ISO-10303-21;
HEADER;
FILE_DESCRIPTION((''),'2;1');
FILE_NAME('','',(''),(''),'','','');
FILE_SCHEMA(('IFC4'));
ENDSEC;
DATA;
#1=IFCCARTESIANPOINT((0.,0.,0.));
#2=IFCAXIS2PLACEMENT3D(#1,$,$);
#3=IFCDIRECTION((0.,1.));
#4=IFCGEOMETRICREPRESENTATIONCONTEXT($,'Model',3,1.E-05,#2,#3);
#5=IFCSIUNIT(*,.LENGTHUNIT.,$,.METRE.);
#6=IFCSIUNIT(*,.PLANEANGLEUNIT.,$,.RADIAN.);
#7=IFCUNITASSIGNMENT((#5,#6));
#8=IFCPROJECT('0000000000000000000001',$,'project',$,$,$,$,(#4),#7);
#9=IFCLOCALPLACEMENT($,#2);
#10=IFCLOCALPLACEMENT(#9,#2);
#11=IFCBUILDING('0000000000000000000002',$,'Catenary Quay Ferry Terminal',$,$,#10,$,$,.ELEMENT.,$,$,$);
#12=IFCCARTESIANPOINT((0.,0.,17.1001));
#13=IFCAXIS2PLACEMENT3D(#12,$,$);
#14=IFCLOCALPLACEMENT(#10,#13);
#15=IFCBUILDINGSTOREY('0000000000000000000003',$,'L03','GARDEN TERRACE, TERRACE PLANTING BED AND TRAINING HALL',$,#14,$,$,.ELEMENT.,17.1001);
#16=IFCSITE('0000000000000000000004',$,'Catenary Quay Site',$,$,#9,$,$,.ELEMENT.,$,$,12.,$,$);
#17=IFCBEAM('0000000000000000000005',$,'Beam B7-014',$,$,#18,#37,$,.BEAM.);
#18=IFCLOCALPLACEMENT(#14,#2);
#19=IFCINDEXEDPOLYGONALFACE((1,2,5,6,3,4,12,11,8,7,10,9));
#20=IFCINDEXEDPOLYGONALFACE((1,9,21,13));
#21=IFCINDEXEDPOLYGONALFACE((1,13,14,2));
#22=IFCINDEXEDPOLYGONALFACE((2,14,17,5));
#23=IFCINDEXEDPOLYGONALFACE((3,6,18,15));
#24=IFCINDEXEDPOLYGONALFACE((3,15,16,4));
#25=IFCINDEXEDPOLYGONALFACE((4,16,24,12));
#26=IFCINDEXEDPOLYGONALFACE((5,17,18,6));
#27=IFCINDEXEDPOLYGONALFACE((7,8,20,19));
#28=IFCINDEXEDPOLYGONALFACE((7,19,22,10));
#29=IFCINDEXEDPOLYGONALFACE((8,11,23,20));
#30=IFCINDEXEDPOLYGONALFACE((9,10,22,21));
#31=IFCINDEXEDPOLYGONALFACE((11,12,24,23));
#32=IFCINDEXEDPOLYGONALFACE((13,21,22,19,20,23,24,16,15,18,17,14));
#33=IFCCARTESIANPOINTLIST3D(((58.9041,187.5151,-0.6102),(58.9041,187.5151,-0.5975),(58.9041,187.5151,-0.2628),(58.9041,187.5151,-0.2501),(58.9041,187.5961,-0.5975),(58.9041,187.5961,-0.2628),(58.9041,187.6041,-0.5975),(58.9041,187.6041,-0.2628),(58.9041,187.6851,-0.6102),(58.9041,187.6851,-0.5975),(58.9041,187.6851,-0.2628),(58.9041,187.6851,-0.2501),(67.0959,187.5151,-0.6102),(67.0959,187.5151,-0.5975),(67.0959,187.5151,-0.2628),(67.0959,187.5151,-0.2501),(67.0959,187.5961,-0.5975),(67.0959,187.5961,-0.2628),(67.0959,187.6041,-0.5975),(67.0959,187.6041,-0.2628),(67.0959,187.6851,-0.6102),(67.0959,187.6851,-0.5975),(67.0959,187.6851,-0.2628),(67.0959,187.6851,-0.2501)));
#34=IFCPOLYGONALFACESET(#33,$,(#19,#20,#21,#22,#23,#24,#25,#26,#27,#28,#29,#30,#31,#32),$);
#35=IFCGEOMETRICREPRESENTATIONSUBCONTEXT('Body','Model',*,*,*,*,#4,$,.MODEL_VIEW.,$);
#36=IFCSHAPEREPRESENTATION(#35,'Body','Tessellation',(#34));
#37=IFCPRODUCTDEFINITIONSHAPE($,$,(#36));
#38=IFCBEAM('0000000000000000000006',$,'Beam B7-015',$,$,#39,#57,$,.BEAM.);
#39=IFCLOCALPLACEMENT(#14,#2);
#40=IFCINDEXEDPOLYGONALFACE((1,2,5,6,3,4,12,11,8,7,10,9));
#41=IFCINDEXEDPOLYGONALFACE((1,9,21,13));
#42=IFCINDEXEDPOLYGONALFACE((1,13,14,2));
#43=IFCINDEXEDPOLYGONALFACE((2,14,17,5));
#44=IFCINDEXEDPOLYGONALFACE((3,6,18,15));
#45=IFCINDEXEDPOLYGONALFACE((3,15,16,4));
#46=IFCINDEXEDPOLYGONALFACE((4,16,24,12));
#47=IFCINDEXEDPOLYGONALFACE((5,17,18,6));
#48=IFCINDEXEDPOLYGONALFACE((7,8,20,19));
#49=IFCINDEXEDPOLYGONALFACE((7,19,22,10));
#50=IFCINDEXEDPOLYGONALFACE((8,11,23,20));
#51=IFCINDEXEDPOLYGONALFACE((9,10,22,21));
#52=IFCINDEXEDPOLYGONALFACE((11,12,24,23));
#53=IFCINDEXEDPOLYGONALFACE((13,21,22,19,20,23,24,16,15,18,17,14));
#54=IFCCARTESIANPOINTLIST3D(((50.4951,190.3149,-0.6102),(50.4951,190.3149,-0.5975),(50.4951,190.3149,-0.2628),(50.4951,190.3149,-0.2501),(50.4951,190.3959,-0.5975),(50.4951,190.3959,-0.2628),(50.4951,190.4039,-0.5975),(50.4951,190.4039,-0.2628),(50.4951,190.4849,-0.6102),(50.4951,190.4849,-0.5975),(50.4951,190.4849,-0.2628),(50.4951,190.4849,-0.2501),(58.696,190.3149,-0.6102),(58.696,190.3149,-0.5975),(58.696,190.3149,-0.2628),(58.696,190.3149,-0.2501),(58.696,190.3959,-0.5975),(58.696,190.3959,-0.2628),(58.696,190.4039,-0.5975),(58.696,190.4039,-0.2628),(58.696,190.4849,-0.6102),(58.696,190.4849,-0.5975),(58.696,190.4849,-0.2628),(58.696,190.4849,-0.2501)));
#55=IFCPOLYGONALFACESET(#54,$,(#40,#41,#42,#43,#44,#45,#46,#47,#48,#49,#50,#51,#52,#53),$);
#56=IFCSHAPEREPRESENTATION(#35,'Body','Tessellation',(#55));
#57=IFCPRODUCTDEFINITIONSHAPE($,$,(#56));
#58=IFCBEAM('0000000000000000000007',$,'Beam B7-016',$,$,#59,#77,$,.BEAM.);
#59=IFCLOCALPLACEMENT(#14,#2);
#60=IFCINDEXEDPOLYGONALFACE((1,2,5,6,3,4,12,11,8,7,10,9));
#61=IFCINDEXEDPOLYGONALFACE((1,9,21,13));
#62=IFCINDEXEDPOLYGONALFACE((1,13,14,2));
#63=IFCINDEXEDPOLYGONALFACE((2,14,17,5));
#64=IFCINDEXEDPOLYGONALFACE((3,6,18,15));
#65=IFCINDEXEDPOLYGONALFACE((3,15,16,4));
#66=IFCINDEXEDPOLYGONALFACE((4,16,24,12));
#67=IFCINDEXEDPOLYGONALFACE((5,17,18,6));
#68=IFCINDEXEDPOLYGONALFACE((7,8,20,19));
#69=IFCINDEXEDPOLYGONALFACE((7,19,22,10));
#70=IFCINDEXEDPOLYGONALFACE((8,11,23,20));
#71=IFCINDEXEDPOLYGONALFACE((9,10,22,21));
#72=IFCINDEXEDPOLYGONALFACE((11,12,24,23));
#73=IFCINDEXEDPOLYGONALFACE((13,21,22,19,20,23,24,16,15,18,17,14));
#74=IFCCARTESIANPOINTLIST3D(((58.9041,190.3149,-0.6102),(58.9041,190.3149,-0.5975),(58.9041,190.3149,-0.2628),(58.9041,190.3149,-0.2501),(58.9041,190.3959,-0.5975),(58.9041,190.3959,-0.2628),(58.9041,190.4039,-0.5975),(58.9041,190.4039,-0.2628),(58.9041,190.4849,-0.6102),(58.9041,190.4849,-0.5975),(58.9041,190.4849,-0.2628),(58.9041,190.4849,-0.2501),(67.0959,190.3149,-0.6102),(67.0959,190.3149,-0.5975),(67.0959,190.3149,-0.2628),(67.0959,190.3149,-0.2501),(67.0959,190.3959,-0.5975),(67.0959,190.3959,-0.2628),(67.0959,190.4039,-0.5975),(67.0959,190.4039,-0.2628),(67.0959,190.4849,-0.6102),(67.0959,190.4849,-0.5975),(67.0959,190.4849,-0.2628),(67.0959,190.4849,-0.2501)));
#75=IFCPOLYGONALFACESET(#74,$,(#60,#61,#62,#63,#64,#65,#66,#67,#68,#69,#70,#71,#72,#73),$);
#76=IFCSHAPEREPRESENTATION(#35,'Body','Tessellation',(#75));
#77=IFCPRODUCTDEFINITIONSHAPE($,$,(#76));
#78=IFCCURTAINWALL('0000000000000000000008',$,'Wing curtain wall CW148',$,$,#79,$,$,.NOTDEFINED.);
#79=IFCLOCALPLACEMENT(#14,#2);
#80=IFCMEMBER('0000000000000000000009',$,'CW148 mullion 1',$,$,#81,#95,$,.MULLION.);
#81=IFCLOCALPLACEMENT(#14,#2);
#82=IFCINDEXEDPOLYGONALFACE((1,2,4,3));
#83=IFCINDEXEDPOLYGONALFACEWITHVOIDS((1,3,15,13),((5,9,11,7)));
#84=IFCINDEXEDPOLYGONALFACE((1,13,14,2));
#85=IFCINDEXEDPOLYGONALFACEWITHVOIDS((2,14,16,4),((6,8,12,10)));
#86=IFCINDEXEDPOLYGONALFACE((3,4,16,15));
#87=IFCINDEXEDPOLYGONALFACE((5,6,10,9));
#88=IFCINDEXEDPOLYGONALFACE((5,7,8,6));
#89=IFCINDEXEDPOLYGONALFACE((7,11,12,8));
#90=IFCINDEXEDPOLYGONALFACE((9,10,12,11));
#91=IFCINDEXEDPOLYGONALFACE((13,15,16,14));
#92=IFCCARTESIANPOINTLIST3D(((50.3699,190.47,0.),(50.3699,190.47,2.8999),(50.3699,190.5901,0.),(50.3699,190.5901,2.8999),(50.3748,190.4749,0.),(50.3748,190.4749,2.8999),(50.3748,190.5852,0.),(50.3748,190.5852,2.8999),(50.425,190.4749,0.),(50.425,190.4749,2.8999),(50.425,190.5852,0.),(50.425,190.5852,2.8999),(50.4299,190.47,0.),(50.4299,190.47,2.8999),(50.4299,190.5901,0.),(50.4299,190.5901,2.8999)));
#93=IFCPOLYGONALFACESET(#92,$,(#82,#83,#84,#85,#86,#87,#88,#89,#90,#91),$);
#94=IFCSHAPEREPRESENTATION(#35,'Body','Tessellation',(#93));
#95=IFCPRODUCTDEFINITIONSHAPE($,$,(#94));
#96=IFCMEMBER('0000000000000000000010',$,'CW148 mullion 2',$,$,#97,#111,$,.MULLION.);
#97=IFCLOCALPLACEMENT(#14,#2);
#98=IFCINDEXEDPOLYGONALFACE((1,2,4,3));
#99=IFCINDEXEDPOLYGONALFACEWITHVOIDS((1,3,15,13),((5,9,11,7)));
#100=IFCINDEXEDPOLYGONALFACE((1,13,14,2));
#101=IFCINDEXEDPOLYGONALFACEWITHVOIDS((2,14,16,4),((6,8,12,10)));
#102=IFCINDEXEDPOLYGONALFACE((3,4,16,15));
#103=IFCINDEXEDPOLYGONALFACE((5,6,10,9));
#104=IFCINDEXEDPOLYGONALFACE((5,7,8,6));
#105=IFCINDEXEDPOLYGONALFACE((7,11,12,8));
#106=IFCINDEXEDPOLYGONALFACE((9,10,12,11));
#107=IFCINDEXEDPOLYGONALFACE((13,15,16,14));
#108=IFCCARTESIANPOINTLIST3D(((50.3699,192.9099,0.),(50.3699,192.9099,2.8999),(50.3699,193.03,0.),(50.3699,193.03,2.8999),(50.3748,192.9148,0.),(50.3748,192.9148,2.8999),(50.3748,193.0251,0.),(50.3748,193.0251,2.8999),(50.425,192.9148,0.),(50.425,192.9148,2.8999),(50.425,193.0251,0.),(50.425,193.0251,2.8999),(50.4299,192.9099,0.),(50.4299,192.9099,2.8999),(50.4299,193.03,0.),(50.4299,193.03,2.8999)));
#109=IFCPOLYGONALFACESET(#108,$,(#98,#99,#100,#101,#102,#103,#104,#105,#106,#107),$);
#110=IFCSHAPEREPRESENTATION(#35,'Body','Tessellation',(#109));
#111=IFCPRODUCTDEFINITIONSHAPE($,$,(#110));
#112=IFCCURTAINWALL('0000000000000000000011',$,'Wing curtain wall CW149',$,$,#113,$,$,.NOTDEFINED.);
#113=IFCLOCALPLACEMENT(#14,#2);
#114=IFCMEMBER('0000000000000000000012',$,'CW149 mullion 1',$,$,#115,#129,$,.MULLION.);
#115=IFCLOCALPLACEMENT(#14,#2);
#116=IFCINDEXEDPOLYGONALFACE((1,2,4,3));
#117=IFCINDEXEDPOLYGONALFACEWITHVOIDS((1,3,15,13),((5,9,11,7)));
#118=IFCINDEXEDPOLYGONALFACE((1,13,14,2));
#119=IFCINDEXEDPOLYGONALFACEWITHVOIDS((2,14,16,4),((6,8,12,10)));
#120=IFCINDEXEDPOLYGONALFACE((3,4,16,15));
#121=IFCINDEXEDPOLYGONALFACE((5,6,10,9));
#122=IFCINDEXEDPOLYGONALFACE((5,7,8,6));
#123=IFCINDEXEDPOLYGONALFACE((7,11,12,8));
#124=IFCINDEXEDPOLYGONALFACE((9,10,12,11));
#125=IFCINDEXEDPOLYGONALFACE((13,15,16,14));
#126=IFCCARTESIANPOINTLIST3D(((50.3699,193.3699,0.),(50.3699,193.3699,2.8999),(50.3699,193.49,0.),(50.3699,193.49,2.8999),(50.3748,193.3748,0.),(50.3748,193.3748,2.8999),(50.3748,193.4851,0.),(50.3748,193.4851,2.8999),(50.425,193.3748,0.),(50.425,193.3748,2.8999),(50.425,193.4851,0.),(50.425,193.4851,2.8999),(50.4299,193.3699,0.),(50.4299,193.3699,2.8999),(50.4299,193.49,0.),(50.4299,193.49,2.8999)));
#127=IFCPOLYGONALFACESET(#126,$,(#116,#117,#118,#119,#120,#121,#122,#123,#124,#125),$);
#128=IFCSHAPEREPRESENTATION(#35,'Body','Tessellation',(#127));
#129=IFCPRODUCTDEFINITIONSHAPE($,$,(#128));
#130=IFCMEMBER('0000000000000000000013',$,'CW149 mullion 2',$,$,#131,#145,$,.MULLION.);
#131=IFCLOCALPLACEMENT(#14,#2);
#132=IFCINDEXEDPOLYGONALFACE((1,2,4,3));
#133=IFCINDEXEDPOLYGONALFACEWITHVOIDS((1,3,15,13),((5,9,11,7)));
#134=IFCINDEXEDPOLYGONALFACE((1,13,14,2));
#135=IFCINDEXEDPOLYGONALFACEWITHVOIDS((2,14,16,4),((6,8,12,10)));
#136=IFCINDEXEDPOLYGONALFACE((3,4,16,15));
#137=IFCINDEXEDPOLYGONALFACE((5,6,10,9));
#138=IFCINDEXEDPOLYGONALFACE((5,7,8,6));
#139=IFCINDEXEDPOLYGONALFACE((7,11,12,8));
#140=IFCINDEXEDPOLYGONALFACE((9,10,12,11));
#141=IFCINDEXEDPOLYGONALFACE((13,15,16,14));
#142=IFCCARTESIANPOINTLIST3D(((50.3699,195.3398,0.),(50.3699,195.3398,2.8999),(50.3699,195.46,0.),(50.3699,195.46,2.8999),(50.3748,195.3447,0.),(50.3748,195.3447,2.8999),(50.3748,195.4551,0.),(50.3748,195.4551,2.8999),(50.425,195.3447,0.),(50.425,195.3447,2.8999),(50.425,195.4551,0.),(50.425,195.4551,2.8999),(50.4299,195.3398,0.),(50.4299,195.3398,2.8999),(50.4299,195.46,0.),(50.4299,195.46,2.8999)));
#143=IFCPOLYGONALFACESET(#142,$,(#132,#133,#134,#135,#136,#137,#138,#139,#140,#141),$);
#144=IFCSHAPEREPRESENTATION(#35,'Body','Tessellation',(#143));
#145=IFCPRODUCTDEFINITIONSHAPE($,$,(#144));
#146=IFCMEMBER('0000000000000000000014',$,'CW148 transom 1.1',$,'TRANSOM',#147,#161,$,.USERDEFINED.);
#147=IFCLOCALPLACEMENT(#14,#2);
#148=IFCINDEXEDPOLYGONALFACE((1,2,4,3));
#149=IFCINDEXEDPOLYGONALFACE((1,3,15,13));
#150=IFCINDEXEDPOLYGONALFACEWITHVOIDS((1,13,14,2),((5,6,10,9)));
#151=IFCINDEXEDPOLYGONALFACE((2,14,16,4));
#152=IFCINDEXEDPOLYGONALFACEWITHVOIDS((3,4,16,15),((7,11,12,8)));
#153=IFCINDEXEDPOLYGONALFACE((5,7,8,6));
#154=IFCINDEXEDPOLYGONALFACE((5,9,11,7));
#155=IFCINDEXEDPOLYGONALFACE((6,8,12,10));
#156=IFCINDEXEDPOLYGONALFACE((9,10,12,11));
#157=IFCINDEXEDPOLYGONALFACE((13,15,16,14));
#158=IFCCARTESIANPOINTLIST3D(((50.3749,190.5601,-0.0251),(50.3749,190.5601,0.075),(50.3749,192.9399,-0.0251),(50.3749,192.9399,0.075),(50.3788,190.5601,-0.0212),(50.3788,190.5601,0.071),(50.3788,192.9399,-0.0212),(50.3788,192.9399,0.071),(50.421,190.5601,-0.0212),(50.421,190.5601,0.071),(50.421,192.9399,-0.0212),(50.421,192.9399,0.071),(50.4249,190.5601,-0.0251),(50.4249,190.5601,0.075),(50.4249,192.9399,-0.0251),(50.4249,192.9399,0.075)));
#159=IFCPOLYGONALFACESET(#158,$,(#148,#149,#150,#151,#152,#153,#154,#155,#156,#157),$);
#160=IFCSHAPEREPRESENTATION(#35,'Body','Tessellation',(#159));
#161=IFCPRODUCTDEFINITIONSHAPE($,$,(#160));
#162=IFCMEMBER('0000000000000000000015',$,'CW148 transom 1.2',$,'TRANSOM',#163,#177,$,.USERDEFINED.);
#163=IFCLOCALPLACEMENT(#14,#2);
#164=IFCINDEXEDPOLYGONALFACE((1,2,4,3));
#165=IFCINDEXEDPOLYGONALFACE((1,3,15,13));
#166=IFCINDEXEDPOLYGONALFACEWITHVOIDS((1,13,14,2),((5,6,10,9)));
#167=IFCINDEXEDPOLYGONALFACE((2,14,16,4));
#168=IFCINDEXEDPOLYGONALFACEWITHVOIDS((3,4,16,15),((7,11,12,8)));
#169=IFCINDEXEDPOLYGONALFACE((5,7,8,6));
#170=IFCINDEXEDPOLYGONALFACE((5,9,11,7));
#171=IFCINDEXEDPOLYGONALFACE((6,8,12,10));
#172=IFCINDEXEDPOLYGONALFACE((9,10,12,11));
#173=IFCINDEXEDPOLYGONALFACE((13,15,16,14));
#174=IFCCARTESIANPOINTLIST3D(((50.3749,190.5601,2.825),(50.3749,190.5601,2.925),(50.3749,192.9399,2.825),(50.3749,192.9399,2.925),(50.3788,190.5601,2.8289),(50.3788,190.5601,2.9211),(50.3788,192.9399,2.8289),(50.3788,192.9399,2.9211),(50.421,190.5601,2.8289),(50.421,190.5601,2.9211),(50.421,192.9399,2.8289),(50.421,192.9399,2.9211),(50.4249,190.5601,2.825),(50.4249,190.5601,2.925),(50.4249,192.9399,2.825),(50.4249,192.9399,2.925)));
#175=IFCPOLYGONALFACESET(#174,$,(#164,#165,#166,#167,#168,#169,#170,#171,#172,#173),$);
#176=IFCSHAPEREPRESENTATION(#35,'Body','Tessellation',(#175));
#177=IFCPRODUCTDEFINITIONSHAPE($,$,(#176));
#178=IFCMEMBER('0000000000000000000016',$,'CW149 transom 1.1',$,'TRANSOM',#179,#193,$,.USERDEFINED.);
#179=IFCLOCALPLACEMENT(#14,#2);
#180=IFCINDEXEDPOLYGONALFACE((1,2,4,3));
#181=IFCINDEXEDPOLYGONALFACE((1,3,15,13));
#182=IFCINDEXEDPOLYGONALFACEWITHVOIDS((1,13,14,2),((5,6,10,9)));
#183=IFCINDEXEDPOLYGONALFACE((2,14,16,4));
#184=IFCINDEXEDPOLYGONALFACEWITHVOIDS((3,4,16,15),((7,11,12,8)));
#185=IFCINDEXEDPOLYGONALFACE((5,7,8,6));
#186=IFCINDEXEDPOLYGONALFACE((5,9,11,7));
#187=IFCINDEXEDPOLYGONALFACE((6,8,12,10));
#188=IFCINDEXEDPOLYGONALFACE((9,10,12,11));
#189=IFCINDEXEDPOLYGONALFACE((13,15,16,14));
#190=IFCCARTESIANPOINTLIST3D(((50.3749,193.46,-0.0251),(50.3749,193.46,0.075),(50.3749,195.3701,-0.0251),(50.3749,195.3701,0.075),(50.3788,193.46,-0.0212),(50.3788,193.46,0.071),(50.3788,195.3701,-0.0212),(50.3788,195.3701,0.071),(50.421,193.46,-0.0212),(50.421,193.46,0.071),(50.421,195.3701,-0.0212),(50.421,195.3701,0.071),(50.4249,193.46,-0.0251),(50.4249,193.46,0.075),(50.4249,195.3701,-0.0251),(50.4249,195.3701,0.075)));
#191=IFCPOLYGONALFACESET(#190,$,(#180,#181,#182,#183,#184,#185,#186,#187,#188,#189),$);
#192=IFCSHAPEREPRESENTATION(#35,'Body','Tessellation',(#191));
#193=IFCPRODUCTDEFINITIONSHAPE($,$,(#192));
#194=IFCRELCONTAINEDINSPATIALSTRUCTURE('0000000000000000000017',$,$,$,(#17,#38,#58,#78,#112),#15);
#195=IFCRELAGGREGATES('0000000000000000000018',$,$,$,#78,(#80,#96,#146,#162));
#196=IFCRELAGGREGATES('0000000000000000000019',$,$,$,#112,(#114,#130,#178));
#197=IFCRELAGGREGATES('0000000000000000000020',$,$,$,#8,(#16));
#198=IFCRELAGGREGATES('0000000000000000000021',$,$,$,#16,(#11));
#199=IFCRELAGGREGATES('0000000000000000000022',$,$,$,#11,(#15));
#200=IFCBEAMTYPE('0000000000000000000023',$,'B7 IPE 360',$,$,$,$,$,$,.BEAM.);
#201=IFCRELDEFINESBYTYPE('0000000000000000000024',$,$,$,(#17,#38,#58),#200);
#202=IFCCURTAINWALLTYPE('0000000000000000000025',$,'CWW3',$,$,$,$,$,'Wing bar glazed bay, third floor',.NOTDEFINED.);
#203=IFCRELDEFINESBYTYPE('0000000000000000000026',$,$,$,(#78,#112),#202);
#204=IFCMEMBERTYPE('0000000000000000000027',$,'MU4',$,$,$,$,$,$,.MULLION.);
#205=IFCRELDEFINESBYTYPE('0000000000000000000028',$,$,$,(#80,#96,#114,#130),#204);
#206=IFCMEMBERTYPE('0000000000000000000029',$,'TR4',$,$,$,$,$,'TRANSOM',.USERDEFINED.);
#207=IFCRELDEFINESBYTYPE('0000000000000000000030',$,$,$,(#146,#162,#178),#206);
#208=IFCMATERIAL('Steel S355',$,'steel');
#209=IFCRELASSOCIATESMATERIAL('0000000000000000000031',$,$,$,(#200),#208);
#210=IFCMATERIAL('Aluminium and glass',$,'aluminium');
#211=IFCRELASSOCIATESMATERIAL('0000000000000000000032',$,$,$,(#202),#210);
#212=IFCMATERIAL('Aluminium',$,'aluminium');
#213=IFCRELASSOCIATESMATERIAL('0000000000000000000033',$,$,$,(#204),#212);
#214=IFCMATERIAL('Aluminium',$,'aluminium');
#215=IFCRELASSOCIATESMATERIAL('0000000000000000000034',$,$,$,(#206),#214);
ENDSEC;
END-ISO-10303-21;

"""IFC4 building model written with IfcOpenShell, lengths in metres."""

from ifc_helpers import new_model, si_unit, direction, frame, origin, origin_2d, place, context, subcontext, project, spatial, hollow_rectangle, i_section, extrude, material, material_profile, profile_set, type_object, element, aggregate, save


model = new_model("IFC4")

# Units and contexts
model_context = context("Model", 3, precision=1e-05, world=origin(), true_north=direction((0.0, 1.0)))
body_context = subcontext(model_context, "Body", "Model", "MODEL_VIEW")
ifc_project = project(units=[si_unit("LENGTHUNIT", "METRE"), si_unit("PLANEANGLEUNIT", "RADIAN")], contexts=[model_context])

# Site, building, storey
site_placement = place(None, origin())
site = spatial("IfcSite", under=ifc_project, at=site_placement, Name="Catenary Quay Site", CompositionType="ELEMENT", RefElevation=12.0)
building_placement = place(site_placement, origin())
building = spatial("IfcBuilding", under=site, at=building_placement, Name="Catenary Quay Ferry Terminal", CompositionType="ELEMENT")
storey_placement = place(building_placement, frame((0.0, 0.0, 17.1001)))
storey = spatial("IfcBuildingStorey", under=building, at=storey_placement, Name="L03", Description="GARDEN TERRACE, TERRACE PLANTING BED AND TRAINING HALL", CompositionType="ELEMENT", Elevation=17.1001)

# Beams
ifc_material_1 = material(Name="Steel S355", Category="steel")
ifc_material_profile_1 = material_profile(ifc_material_1, i_section(OverallWidth=0.1699, OverallDepth=0.3601, WebThickness=0.0081, FlangeThickness=0.0127, at=origin_2d()), Name="IPE 360")
ifc_profile_set_1 = profile_set([ifc_material_profile_1], Name="Steel S355")
beam_type_1 = type_object("IfcBeamType", Name="B7 IPE 360", PredefinedType="BEAM", material=ifc_profile_set_1)
beam_1_placement = place(storey_placement, frame((58.9041, 187.6001, -0.4302), z_axis=(1.0, 0.0, 0.0), x_axis=(0.0, 1.0, 0.0)))
element("IfcBeam", 1, at=beam_1_placement, inside=storey, type_object=beam_type_1, Name="Beam B7-014", PredefinedType="BEAM", context=body_context, shape_type="SweptSolid", body=[
    extrude(i_section(OverallWidth=0.1699, OverallDepth=0.3601, WebThickness=0.0081, FlangeThickness=0.0127, at=origin_2d()), origin(), (0.0, 0.0, 1.0), 8.1919),
])
beam_2_placement = place(storey_placement, frame((50.4951, 190.3999, -0.4302), z_axis=(1.0, 0.0, 0.0), x_axis=(0.0, 1.0, 0.0)))
element("IfcBeam", 2, at=beam_2_placement, inside=storey, type_object=beam_type_1, Name="Beam B7-015", PredefinedType="BEAM", context=body_context, shape_type="SweptSolid", body=[
    extrude(i_section(OverallWidth=0.1699, OverallDepth=0.3601, WebThickness=0.0081, FlangeThickness=0.0127, at=origin_2d()), origin(), (0.0, 0.0, 1.0), 8.2009),
])
beam_3_placement = place(storey_placement, frame((58.9041, 190.3999, -0.4302), z_axis=(1.0, 0.0, 0.0), x_axis=(0.0, 1.0, 0.0)))
element("IfcBeam", 3, at=beam_3_placement, inside=storey, type_object=beam_type_1, Name="Beam B7-016", PredefinedType="BEAM", context=body_context, shape_type="SweptSolid", body=[
    extrude(i_section(OverallWidth=0.1699, OverallDepth=0.3601, WebThickness=0.0081, FlangeThickness=0.0127, at=origin_2d()), origin(), (0.0, 0.0, 1.0), 8.1919),
])

# Curtain walls, members
ifc_material_2 = material(Name="Aluminium and glass", Category="aluminium")
curtain_wall_type = type_object("IfcCurtainWallType", Name="CWW3", ElementType="Wing bar glazed bay, third floor", PredefinedType="NOTDEFINED", material=ifc_material_2)
curtain_wall_1_placement = place(storey_placement, origin())
curtain_wall_1 = element("IfcCurtainWall", 4, at=curtain_wall_1_placement, inside=storey, type_object=curtain_wall_type, Name="Wing curtain wall CW148", PredefinedType="NOTDEFINED")
ifc_material_3 = material(Name="Aluminium", Category="aluminium")
ifc_material_profile_2 = material_profile(ifc_material_3, hollow_rectangle(XDim=0.0601, YDim=0.1201, WallThickness=0.0049, at=origin_2d()), Name="MU4")
ifc_profile_set_2 = profile_set([ifc_material_profile_2], Name="Aluminium")
member_type_1 = type_object("IfcMemberType", Name="MU4", PredefinedType="MULLION", material=ifc_profile_set_2)
member_1_placement = place(storey_placement, frame((50.3999, 190.53, 0.0), z_axis=(0.0, 0.0, 1.0), x_axis=(-1.0, 0.0, 0.0)))
member_1 = element("IfcMember", 5, at=member_1_placement, type_object=member_type_1, Name="CW148 mullion 1", PredefinedType="MULLION", context=body_context, shape_type="SweptSolid", body=[
    extrude(hollow_rectangle(XDim=0.0601, YDim=0.1201, WallThickness=0.0049, at=origin_2d()), origin(), (0.0, 0.0, 1.0), 2.8999),
])
member_2_placement = place(storey_placement, frame((50.3999, 192.97, 0.0), z_axis=(0.0, 0.0, 1.0), x_axis=(-1.0, 0.0, 0.0)))
member_2 = element("IfcMember", 6, at=member_2_placement, type_object=member_type_1, Name="CW148 mullion 2", PredefinedType="MULLION", context=body_context, shape_type="SweptSolid", body=[
    extrude(hollow_rectangle(XDim=0.0601, YDim=0.1201, WallThickness=0.0049, at=origin_2d()), origin(), (0.0, 0.0, 1.0), 2.8999),
])
curtain_wall_2_placement = place(storey_placement, origin())
curtain_wall_2 = element("IfcCurtainWall", 7, at=curtain_wall_2_placement, inside=storey, type_object=curtain_wall_type, Name="Wing curtain wall CW149", PredefinedType="NOTDEFINED")
member_3_placement = place(storey_placement, frame((50.3999, 193.4299, 0.0), z_axis=(0.0, 0.0, 1.0), x_axis=(-1.0, 0.0, 0.0)))
member_3 = element("IfcMember", 8, at=member_3_placement, type_object=member_type_1, Name="CW149 mullion 1", PredefinedType="MULLION", context=body_context, shape_type="SweptSolid", body=[
    extrude(hollow_rectangle(XDim=0.0601, YDim=0.1201, WallThickness=0.0049, at=origin_2d()), origin(), (0.0, 0.0, 1.0), 2.8999),
])
member_4_placement = place(storey_placement, frame((50.3999, 195.3999, 0.0), z_axis=(0.0, 0.0, 1.0), x_axis=(-1.0, 0.0, 0.0)))
member_4 = element("IfcMember", 9, at=member_4_placement, type_object=member_type_1, Name="CW149 mullion 2", PredefinedType="MULLION", context=body_context, shape_type="SweptSolid", body=[
    extrude(hollow_rectangle(XDim=0.0601, YDim=0.1201, WallThickness=0.0049, at=origin_2d()), origin(), (0.0, 0.0, 1.0), 2.8999),
])

# Members
ifc_material_4 = material(Name="Aluminium", Category="aluminium")
ifc_material_profile_3 = material_profile(ifc_material_4, hollow_rectangle(XDim=0.05, YDim=0.1001, WallThickness=0.0039, at=origin_2d()), Name="TR4")
ifc_profile_set_3 = profile_set([ifc_material_profile_3], Name="Aluminium")
member_type_2 = type_object("IfcMemberType", Name="TR4", ElementType="TRANSOM", PredefinedType="USERDEFINED", material=ifc_profile_set_3)
member_5_placement = place(storey_placement, frame((50.3999, 190.5601, 0.0249), z_axis=(0.0, 1.0, 0.0), x_axis=(-1.0, 0.0, 0.0)))
member_5 = element("IfcMember", 10, at=member_5_placement, type_object=member_type_2, Name="CW148 transom 1.1", ObjectType="TRANSOM", PredefinedType="USERDEFINED", context=body_context, shape_type="SweptSolid", body=[
    extrude(hollow_rectangle(XDim=0.05, YDim=0.1001, WallThickness=0.0039, at=origin_2d()), origin(), (0.0, 0.0, 1.0), 2.3799),
])
member_6_placement = place(storey_placement, frame((50.3999, 190.5601, 2.875), z_axis=(0.0, 1.0, 0.0), x_axis=(-1.0, 0.0, 0.0)))
member_6 = element("IfcMember", 11, at=member_6_placement, type_object=member_type_2, Name="CW148 transom 1.2", ObjectType="TRANSOM", PredefinedType="USERDEFINED", context=body_context, shape_type="SweptSolid", body=[
    extrude(hollow_rectangle(XDim=0.05, YDim=0.1001, WallThickness=0.0039, at=origin_2d()), origin(), (0.0, 0.0, 1.0), 2.3799),
])
member_7_placement = place(storey_placement, frame((50.3999, 193.46, 0.0249), z_axis=(0.0, 1.0, 0.0), x_axis=(-1.0, 0.0, 0.0)))
member_7 = element("IfcMember", 12, at=member_7_placement, type_object=member_type_2, Name="CW149 transom 1.1", ObjectType="TRANSOM", PredefinedType="USERDEFINED", context=body_context, shape_type="SweptSolid", body=[
    extrude(hollow_rectangle(XDim=0.05, YDim=0.1001, WallThickness=0.0039, at=origin_2d()), origin(), (0.0, 0.0, 1.0), 1.9102),
])

aggregate(curtain_wall_1, [member_1, member_2, member_5, member_6])
aggregate(curtain_wall_2, [member_3, member_4, member_7])

save(model, "model.ifc")
